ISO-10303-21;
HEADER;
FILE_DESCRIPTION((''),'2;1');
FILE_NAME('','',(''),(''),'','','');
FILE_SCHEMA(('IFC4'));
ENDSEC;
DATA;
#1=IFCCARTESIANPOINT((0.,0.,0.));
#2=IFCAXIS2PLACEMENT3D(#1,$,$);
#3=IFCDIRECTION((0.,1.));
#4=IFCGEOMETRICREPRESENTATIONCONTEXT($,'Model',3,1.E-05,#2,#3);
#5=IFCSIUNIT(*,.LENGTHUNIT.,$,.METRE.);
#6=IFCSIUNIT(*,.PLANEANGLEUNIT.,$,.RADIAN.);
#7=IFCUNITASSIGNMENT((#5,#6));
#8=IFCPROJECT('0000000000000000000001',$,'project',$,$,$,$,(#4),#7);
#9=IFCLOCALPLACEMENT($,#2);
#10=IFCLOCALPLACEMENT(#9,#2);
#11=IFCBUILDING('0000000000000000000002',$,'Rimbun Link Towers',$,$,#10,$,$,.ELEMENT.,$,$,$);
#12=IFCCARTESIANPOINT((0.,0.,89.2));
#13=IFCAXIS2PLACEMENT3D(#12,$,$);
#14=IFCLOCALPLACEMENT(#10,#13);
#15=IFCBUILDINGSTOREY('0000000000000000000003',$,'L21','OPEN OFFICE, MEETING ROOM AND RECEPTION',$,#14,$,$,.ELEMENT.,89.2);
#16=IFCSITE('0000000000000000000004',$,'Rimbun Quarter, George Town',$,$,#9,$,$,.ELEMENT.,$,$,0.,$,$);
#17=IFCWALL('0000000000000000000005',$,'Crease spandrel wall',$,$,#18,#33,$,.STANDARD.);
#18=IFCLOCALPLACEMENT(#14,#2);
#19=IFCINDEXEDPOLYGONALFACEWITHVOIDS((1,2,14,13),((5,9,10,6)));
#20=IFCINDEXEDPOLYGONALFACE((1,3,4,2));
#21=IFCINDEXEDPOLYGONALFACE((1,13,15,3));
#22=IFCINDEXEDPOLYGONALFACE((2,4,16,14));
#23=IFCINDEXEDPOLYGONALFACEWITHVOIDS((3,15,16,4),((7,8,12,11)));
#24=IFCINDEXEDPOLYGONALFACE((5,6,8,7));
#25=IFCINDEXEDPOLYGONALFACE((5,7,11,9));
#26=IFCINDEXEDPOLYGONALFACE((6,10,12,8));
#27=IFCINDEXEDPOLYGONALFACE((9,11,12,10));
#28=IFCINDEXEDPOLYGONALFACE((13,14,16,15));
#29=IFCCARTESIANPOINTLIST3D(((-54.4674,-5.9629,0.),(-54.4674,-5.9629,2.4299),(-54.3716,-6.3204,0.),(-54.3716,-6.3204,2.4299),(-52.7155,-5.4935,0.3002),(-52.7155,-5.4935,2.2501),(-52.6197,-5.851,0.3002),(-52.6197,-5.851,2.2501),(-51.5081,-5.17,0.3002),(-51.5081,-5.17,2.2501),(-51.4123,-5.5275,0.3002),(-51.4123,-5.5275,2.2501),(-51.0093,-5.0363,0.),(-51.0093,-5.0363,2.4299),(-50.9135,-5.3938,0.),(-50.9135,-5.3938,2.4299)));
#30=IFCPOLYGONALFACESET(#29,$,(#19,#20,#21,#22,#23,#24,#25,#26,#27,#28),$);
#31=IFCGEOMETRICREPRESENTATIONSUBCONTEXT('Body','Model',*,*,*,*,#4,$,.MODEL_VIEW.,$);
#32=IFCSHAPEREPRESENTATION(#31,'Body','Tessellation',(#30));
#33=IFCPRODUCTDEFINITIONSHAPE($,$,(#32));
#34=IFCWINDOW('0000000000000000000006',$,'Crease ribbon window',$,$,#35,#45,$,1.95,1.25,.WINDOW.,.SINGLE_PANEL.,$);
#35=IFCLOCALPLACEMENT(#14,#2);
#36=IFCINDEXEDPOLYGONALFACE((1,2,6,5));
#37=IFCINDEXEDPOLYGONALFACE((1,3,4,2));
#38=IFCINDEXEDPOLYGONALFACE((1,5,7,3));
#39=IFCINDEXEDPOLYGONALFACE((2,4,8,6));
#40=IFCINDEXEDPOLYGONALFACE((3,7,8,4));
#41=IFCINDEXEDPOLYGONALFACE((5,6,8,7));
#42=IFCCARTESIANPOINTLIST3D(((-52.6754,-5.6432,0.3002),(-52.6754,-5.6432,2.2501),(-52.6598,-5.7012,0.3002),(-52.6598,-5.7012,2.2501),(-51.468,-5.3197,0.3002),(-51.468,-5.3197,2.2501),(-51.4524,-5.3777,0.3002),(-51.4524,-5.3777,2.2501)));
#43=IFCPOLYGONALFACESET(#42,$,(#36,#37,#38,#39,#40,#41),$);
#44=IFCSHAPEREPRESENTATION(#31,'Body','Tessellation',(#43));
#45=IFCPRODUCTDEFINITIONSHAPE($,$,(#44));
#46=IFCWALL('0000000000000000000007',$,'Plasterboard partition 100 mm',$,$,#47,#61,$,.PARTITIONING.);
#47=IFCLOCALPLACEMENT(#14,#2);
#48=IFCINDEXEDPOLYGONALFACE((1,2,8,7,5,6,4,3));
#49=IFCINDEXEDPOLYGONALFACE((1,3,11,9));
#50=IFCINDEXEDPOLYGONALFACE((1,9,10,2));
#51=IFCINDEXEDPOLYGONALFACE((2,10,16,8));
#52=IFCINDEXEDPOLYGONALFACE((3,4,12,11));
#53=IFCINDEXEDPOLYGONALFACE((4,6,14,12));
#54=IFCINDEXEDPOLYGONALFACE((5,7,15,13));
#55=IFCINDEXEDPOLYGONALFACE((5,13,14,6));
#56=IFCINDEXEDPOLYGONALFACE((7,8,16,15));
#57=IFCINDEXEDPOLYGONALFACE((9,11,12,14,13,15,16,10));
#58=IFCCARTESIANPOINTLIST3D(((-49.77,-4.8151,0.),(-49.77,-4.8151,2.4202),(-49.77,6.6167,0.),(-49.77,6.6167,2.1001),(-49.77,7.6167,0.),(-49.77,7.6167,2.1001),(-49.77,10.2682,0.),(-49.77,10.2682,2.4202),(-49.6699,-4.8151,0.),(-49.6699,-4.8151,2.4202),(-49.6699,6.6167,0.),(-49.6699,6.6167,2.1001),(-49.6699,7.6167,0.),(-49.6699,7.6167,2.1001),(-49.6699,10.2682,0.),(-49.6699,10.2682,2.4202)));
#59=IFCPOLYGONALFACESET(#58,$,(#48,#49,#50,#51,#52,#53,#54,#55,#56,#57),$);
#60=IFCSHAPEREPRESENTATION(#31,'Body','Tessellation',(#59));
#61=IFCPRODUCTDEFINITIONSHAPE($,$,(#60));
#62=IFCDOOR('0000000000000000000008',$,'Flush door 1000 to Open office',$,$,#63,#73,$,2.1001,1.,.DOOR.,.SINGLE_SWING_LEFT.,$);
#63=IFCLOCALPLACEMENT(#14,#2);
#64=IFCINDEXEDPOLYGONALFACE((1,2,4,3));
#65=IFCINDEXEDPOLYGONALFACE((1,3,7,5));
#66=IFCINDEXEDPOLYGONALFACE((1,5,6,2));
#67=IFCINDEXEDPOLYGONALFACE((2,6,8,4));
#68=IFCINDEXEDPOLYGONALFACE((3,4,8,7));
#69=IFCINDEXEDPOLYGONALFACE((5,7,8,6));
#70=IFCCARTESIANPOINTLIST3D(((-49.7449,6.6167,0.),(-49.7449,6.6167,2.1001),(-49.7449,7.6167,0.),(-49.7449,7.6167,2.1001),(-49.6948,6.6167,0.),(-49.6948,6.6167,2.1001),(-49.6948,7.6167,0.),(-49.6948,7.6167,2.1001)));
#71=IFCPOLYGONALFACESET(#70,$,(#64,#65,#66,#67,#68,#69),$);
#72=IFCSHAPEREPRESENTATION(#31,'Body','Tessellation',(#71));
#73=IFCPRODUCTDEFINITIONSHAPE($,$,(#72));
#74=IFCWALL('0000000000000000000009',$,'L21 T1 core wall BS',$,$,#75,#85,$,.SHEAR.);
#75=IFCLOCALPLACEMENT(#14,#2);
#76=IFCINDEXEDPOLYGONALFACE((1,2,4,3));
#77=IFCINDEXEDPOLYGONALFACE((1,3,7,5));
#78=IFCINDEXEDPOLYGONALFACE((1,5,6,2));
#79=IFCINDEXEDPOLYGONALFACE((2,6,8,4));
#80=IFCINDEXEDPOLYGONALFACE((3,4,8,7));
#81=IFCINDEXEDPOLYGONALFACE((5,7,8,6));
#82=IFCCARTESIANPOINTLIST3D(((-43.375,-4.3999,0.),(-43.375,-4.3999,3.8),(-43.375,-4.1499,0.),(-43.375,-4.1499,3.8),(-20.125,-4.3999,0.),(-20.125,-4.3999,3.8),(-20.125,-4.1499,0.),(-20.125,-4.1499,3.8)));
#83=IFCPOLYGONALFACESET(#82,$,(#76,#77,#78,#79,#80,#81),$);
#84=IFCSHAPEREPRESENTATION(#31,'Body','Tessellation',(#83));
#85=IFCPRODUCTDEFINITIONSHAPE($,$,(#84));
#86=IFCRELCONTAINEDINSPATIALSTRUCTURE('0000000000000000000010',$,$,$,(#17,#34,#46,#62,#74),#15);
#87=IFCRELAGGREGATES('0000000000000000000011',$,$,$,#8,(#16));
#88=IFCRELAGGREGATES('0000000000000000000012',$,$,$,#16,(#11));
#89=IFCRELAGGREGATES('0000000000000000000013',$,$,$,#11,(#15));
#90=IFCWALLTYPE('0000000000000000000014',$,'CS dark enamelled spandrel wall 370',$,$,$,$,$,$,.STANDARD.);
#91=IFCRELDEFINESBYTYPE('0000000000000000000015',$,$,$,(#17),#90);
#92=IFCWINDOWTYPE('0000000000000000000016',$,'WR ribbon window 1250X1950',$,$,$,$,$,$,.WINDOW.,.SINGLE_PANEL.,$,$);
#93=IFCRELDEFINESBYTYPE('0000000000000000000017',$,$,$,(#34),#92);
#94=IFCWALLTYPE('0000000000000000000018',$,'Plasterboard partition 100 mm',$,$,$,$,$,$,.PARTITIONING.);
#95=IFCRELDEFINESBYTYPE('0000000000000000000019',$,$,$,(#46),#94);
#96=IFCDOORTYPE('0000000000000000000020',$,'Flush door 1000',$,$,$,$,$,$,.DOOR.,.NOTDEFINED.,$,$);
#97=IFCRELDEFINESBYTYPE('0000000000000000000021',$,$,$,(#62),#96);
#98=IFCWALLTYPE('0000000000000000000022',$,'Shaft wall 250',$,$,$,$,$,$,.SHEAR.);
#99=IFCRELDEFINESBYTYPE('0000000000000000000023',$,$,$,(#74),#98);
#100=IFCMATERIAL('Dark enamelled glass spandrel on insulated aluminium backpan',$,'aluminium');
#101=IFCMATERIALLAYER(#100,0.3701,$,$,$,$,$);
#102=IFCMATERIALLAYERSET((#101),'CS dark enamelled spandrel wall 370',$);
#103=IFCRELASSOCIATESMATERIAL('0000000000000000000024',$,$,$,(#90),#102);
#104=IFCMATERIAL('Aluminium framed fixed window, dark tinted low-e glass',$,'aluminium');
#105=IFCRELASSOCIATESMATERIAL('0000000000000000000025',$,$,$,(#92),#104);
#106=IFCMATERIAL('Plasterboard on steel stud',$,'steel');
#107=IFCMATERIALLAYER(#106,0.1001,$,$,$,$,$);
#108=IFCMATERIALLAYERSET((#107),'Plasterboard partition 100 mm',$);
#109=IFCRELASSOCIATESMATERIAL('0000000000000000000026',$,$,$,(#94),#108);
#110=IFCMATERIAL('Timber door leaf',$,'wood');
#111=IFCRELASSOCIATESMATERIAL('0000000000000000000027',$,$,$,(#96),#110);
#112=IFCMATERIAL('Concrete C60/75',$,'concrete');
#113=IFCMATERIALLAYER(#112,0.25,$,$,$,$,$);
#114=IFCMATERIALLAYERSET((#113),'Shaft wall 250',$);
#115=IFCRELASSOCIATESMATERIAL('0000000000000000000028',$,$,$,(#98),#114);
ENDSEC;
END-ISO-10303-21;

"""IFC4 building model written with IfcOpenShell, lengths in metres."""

from ifc_helpers import new_model, si_unit, direction, frame, frame_2d, origin, place, context, subcontext, project, spatial, rectangle, extrude, material, layer, layer_set, type_object, element, fill, save


model = new_model("IFC4")

# Units and contexts
model_context = context("Model", 3, precision=1e-05, world=origin(), true_north=direction((0.0, 1.0)))
body_context = subcontext(model_context, "Body", "Model", "MODEL_VIEW")
ifc_project = project(units=[si_unit("LENGTHUNIT", "METRE"), si_unit("PLANEANGLEUNIT", "RADIAN")], contexts=[model_context])

# Site, building, storey
site_placement = place(None, origin())
site = spatial("IfcSite", under=ifc_project, at=site_placement, Name="Rimbun Quarter, George Town", CompositionType="ELEMENT", RefElevation=0.0)
building_placement = place(site_placement, origin())
building = spatial("IfcBuilding", under=site, at=building_placement, Name="Rimbun Link Towers", CompositionType="ELEMENT")
storey_placement = place(building_placement, frame((0.0, 0.0, 89.2)))
storey = spatial("IfcBuildingStorey", under=building, at=storey_placement, Name="L21", Description="OPEN OFFICE, MEETING ROOM AND RECEPTION", CompositionType="ELEMENT", Elevation=89.2)

# Wall, opening, window
ifc_material_1 = material(Name="Dark enamelled glass spandrel on insulated aluminium backpan", Category="aluminium")
ifc_layer_1 = layer(ifc_material_1, 0.3701)
ifc_layer_set_1 = layer_set([ifc_layer_1], Name="CS dark enamelled spandrel wall 370")
wall_type_1 = type_object("IfcWallType", Name="CS dark enamelled spandrel wall 370", PredefinedType="STANDARD", material=ifc_layer_set_1)
wall_1_placement = place(storey_placement, frame((-50.9614, -5.2151, 0.0), z_axis=(0.0, 0.0, 1.0), x_axis=(-0.96593, -0.258804, 0.0)))
wall_1 = element("IfcWall", 1, at=wall_1_placement, inside=storey, type_object=wall_type_1, Name="Crease spandrel wall", PredefinedType="STANDARD", context=body_context, shape_type="SweptSolid", body=[
    extrude(rectangle(XDim=3.5801, YDim=0.3701, at=frame_2d((1.79, 0.0))), origin(), (0.0, 0.0, 1.0), 2.4299),
])
opening_1_placement = place(wall_1_placement, frame((0.5164, 0.0, 0.3)))
opening_1 = element("IfcOpeningElement", 2, at=opening_1_placement, cuts=wall_1, PredefinedType="OPENING", context=body_context, shape_type="SweptSolid", body=[
    extrude(rectangle(XDim=1.25, YDim=1.95, at=frame_2d((0.625, 0.9751))), frame((0.0, 0.1951, 0.0), z_axis=(0.0, -1.0, 0.0), x_axis=(1.0, 0.0, 0.0)), (0.0, 0.0, 1.0), 0.3901),
])
ifc_material_2 = material(Name="Aluminium framed fixed window, dark tinted low-e glass", Category="aluminium")
window_type = type_object("IfcWindowType", Name="WR ribbon window 1250X1950", PartitioningType="SINGLE_PANEL", PredefinedType="WINDOW", material=ifc_material_2)
window_placement = place(opening_1_placement, origin())
window = element("IfcWindow", 3, at=window_placement, inside=storey, type_object=window_type, Name="Crease ribbon window", OverallHeight=1.95, OverallWidth=1.25, PartitioningType="SINGLE_PANEL", PredefinedType="WINDOW", context=body_context, shape_type="SweptSolid", body=[
    extrude(rectangle(XDim=1.25, YDim=1.95, at=frame_2d((0.625, 0.9751))), frame((0.0, 0.03, 0.0), z_axis=(0.0, -1.0, 0.0), x_axis=(1.0, 0.0, 0.0)), (0.0, 0.0, 1.0), 0.0601),
])
fill(opening_1, window)

# Wall, opening, door
ifc_material_3 = material(Name="Plasterboard on steel stud", Category="steel")
ifc_layer_2 = layer(ifc_material_3, 0.1001)
ifc_layer_set_2 = layer_set([ifc_layer_2], Name="Plasterboard partition 100 mm")
wall_type_2 = type_object("IfcWallType", Name="Plasterboard partition 100 mm", PredefinedType="PARTITIONING", material=ifc_layer_set_2)
wall_2_placement = place(storey_placement, frame((-49.72, -4.8149, 0.0), z_axis=(0.0, 0.0, 1.0), x_axis=(0.0, 1.0, 0.0)))
wall_2 = element("IfcWall", 4, at=wall_2_placement, inside=storey, type_object=wall_type_2, Name="Plasterboard partition 100 mm", PredefinedType="PARTITIONING", context=body_context, shape_type="SweptSolid", body=[
    extrude(rectangle(XDim=15.0833, YDim=0.1001, at=frame_2d((7.5415, 0.0))), origin(), (0.0, 0.0, 1.0), 2.4202),
])
opening_2_placement = place(wall_2_placement, frame((11.4316, 0.0, 0.0)))
opening_2 = element("IfcOpeningElement", 5, at=opening_2_placement, cuts=wall_2, PredefinedType="OPENING", context=body_context, shape_type="SweptSolid", body=[
    extrude(rectangle(XDim=1.0, YDim=2.1001, at=frame_2d((0.5, 1.05))), frame((0.0, 0.0601, 0.0), z_axis=(0.0, -1.0, 0.0), x_axis=(1.0, 0.0, 0.0)), (0.0, 0.0, 1.0), 0.1201),
])
ifc_material_4 = material(Name="Timber door leaf", Category="wood")
door_type_1 = type_object("IfcDoorType", Name="Flush door 1000", OperationType="NOTDEFINED", PredefinedType="DOOR", material=ifc_material_4)
door_1_placement = place(opening_2_placement, origin())
door_1 = element("IfcDoor", 6, at=door_1_placement, inside=storey, type_object=door_type_1, Name="Flush door 1000 to Open office", OperationType="SINGLE_SWING_LEFT", OverallHeight=2.1001, OverallWidth=1.0, PredefinedType="DOOR", context=body_context, shape_type="SweptSolid", body=[
    extrude(rectangle(XDim=1.0, YDim=2.1001, at=frame_2d((0.5, 1.05))), frame((0.0, 0.0249, 0.0), z_axis=(0.0, -1.0, 0.0), x_axis=(1.0, 0.0, 0.0)), (0.0, 0.0, 1.0), 0.05),
])
fill(opening_2, door_1)

# Wall
ifc_material_5 = material(Name="Concrete C60/75", Category="concrete")
ifc_layer_3 = layer(ifc_material_5, 0.25)
ifc_layer_set_3 = layer_set([ifc_layer_3], Name="Shaft wall 250")
wall_type_3 = type_object("IfcWallType", Name="Shaft wall 250", PredefinedType="SHEAR", material=ifc_layer_set_3)
wall_3_placement = place(storey_placement, frame((-43.375, -4.2749, 0.0), z_axis=(0.0, 0.0, 1.0), x_axis=(1.0, 0.0, 0.0)))
element("IfcWall", 7, at=wall_3_placement, inside=storey, type_object=wall_type_3, Name="L21 T1 core wall BS", PredefinedType="SHEAR", context=body_context, shape_type="SweptSolid", body=[
    extrude(rectangle(XDim=23.25, YDim=0.25, at=frame_2d((11.625, 0.0))), origin(), (0.0, 0.0, 1.0), 3.8),
])

save(model, "model.ifc")
